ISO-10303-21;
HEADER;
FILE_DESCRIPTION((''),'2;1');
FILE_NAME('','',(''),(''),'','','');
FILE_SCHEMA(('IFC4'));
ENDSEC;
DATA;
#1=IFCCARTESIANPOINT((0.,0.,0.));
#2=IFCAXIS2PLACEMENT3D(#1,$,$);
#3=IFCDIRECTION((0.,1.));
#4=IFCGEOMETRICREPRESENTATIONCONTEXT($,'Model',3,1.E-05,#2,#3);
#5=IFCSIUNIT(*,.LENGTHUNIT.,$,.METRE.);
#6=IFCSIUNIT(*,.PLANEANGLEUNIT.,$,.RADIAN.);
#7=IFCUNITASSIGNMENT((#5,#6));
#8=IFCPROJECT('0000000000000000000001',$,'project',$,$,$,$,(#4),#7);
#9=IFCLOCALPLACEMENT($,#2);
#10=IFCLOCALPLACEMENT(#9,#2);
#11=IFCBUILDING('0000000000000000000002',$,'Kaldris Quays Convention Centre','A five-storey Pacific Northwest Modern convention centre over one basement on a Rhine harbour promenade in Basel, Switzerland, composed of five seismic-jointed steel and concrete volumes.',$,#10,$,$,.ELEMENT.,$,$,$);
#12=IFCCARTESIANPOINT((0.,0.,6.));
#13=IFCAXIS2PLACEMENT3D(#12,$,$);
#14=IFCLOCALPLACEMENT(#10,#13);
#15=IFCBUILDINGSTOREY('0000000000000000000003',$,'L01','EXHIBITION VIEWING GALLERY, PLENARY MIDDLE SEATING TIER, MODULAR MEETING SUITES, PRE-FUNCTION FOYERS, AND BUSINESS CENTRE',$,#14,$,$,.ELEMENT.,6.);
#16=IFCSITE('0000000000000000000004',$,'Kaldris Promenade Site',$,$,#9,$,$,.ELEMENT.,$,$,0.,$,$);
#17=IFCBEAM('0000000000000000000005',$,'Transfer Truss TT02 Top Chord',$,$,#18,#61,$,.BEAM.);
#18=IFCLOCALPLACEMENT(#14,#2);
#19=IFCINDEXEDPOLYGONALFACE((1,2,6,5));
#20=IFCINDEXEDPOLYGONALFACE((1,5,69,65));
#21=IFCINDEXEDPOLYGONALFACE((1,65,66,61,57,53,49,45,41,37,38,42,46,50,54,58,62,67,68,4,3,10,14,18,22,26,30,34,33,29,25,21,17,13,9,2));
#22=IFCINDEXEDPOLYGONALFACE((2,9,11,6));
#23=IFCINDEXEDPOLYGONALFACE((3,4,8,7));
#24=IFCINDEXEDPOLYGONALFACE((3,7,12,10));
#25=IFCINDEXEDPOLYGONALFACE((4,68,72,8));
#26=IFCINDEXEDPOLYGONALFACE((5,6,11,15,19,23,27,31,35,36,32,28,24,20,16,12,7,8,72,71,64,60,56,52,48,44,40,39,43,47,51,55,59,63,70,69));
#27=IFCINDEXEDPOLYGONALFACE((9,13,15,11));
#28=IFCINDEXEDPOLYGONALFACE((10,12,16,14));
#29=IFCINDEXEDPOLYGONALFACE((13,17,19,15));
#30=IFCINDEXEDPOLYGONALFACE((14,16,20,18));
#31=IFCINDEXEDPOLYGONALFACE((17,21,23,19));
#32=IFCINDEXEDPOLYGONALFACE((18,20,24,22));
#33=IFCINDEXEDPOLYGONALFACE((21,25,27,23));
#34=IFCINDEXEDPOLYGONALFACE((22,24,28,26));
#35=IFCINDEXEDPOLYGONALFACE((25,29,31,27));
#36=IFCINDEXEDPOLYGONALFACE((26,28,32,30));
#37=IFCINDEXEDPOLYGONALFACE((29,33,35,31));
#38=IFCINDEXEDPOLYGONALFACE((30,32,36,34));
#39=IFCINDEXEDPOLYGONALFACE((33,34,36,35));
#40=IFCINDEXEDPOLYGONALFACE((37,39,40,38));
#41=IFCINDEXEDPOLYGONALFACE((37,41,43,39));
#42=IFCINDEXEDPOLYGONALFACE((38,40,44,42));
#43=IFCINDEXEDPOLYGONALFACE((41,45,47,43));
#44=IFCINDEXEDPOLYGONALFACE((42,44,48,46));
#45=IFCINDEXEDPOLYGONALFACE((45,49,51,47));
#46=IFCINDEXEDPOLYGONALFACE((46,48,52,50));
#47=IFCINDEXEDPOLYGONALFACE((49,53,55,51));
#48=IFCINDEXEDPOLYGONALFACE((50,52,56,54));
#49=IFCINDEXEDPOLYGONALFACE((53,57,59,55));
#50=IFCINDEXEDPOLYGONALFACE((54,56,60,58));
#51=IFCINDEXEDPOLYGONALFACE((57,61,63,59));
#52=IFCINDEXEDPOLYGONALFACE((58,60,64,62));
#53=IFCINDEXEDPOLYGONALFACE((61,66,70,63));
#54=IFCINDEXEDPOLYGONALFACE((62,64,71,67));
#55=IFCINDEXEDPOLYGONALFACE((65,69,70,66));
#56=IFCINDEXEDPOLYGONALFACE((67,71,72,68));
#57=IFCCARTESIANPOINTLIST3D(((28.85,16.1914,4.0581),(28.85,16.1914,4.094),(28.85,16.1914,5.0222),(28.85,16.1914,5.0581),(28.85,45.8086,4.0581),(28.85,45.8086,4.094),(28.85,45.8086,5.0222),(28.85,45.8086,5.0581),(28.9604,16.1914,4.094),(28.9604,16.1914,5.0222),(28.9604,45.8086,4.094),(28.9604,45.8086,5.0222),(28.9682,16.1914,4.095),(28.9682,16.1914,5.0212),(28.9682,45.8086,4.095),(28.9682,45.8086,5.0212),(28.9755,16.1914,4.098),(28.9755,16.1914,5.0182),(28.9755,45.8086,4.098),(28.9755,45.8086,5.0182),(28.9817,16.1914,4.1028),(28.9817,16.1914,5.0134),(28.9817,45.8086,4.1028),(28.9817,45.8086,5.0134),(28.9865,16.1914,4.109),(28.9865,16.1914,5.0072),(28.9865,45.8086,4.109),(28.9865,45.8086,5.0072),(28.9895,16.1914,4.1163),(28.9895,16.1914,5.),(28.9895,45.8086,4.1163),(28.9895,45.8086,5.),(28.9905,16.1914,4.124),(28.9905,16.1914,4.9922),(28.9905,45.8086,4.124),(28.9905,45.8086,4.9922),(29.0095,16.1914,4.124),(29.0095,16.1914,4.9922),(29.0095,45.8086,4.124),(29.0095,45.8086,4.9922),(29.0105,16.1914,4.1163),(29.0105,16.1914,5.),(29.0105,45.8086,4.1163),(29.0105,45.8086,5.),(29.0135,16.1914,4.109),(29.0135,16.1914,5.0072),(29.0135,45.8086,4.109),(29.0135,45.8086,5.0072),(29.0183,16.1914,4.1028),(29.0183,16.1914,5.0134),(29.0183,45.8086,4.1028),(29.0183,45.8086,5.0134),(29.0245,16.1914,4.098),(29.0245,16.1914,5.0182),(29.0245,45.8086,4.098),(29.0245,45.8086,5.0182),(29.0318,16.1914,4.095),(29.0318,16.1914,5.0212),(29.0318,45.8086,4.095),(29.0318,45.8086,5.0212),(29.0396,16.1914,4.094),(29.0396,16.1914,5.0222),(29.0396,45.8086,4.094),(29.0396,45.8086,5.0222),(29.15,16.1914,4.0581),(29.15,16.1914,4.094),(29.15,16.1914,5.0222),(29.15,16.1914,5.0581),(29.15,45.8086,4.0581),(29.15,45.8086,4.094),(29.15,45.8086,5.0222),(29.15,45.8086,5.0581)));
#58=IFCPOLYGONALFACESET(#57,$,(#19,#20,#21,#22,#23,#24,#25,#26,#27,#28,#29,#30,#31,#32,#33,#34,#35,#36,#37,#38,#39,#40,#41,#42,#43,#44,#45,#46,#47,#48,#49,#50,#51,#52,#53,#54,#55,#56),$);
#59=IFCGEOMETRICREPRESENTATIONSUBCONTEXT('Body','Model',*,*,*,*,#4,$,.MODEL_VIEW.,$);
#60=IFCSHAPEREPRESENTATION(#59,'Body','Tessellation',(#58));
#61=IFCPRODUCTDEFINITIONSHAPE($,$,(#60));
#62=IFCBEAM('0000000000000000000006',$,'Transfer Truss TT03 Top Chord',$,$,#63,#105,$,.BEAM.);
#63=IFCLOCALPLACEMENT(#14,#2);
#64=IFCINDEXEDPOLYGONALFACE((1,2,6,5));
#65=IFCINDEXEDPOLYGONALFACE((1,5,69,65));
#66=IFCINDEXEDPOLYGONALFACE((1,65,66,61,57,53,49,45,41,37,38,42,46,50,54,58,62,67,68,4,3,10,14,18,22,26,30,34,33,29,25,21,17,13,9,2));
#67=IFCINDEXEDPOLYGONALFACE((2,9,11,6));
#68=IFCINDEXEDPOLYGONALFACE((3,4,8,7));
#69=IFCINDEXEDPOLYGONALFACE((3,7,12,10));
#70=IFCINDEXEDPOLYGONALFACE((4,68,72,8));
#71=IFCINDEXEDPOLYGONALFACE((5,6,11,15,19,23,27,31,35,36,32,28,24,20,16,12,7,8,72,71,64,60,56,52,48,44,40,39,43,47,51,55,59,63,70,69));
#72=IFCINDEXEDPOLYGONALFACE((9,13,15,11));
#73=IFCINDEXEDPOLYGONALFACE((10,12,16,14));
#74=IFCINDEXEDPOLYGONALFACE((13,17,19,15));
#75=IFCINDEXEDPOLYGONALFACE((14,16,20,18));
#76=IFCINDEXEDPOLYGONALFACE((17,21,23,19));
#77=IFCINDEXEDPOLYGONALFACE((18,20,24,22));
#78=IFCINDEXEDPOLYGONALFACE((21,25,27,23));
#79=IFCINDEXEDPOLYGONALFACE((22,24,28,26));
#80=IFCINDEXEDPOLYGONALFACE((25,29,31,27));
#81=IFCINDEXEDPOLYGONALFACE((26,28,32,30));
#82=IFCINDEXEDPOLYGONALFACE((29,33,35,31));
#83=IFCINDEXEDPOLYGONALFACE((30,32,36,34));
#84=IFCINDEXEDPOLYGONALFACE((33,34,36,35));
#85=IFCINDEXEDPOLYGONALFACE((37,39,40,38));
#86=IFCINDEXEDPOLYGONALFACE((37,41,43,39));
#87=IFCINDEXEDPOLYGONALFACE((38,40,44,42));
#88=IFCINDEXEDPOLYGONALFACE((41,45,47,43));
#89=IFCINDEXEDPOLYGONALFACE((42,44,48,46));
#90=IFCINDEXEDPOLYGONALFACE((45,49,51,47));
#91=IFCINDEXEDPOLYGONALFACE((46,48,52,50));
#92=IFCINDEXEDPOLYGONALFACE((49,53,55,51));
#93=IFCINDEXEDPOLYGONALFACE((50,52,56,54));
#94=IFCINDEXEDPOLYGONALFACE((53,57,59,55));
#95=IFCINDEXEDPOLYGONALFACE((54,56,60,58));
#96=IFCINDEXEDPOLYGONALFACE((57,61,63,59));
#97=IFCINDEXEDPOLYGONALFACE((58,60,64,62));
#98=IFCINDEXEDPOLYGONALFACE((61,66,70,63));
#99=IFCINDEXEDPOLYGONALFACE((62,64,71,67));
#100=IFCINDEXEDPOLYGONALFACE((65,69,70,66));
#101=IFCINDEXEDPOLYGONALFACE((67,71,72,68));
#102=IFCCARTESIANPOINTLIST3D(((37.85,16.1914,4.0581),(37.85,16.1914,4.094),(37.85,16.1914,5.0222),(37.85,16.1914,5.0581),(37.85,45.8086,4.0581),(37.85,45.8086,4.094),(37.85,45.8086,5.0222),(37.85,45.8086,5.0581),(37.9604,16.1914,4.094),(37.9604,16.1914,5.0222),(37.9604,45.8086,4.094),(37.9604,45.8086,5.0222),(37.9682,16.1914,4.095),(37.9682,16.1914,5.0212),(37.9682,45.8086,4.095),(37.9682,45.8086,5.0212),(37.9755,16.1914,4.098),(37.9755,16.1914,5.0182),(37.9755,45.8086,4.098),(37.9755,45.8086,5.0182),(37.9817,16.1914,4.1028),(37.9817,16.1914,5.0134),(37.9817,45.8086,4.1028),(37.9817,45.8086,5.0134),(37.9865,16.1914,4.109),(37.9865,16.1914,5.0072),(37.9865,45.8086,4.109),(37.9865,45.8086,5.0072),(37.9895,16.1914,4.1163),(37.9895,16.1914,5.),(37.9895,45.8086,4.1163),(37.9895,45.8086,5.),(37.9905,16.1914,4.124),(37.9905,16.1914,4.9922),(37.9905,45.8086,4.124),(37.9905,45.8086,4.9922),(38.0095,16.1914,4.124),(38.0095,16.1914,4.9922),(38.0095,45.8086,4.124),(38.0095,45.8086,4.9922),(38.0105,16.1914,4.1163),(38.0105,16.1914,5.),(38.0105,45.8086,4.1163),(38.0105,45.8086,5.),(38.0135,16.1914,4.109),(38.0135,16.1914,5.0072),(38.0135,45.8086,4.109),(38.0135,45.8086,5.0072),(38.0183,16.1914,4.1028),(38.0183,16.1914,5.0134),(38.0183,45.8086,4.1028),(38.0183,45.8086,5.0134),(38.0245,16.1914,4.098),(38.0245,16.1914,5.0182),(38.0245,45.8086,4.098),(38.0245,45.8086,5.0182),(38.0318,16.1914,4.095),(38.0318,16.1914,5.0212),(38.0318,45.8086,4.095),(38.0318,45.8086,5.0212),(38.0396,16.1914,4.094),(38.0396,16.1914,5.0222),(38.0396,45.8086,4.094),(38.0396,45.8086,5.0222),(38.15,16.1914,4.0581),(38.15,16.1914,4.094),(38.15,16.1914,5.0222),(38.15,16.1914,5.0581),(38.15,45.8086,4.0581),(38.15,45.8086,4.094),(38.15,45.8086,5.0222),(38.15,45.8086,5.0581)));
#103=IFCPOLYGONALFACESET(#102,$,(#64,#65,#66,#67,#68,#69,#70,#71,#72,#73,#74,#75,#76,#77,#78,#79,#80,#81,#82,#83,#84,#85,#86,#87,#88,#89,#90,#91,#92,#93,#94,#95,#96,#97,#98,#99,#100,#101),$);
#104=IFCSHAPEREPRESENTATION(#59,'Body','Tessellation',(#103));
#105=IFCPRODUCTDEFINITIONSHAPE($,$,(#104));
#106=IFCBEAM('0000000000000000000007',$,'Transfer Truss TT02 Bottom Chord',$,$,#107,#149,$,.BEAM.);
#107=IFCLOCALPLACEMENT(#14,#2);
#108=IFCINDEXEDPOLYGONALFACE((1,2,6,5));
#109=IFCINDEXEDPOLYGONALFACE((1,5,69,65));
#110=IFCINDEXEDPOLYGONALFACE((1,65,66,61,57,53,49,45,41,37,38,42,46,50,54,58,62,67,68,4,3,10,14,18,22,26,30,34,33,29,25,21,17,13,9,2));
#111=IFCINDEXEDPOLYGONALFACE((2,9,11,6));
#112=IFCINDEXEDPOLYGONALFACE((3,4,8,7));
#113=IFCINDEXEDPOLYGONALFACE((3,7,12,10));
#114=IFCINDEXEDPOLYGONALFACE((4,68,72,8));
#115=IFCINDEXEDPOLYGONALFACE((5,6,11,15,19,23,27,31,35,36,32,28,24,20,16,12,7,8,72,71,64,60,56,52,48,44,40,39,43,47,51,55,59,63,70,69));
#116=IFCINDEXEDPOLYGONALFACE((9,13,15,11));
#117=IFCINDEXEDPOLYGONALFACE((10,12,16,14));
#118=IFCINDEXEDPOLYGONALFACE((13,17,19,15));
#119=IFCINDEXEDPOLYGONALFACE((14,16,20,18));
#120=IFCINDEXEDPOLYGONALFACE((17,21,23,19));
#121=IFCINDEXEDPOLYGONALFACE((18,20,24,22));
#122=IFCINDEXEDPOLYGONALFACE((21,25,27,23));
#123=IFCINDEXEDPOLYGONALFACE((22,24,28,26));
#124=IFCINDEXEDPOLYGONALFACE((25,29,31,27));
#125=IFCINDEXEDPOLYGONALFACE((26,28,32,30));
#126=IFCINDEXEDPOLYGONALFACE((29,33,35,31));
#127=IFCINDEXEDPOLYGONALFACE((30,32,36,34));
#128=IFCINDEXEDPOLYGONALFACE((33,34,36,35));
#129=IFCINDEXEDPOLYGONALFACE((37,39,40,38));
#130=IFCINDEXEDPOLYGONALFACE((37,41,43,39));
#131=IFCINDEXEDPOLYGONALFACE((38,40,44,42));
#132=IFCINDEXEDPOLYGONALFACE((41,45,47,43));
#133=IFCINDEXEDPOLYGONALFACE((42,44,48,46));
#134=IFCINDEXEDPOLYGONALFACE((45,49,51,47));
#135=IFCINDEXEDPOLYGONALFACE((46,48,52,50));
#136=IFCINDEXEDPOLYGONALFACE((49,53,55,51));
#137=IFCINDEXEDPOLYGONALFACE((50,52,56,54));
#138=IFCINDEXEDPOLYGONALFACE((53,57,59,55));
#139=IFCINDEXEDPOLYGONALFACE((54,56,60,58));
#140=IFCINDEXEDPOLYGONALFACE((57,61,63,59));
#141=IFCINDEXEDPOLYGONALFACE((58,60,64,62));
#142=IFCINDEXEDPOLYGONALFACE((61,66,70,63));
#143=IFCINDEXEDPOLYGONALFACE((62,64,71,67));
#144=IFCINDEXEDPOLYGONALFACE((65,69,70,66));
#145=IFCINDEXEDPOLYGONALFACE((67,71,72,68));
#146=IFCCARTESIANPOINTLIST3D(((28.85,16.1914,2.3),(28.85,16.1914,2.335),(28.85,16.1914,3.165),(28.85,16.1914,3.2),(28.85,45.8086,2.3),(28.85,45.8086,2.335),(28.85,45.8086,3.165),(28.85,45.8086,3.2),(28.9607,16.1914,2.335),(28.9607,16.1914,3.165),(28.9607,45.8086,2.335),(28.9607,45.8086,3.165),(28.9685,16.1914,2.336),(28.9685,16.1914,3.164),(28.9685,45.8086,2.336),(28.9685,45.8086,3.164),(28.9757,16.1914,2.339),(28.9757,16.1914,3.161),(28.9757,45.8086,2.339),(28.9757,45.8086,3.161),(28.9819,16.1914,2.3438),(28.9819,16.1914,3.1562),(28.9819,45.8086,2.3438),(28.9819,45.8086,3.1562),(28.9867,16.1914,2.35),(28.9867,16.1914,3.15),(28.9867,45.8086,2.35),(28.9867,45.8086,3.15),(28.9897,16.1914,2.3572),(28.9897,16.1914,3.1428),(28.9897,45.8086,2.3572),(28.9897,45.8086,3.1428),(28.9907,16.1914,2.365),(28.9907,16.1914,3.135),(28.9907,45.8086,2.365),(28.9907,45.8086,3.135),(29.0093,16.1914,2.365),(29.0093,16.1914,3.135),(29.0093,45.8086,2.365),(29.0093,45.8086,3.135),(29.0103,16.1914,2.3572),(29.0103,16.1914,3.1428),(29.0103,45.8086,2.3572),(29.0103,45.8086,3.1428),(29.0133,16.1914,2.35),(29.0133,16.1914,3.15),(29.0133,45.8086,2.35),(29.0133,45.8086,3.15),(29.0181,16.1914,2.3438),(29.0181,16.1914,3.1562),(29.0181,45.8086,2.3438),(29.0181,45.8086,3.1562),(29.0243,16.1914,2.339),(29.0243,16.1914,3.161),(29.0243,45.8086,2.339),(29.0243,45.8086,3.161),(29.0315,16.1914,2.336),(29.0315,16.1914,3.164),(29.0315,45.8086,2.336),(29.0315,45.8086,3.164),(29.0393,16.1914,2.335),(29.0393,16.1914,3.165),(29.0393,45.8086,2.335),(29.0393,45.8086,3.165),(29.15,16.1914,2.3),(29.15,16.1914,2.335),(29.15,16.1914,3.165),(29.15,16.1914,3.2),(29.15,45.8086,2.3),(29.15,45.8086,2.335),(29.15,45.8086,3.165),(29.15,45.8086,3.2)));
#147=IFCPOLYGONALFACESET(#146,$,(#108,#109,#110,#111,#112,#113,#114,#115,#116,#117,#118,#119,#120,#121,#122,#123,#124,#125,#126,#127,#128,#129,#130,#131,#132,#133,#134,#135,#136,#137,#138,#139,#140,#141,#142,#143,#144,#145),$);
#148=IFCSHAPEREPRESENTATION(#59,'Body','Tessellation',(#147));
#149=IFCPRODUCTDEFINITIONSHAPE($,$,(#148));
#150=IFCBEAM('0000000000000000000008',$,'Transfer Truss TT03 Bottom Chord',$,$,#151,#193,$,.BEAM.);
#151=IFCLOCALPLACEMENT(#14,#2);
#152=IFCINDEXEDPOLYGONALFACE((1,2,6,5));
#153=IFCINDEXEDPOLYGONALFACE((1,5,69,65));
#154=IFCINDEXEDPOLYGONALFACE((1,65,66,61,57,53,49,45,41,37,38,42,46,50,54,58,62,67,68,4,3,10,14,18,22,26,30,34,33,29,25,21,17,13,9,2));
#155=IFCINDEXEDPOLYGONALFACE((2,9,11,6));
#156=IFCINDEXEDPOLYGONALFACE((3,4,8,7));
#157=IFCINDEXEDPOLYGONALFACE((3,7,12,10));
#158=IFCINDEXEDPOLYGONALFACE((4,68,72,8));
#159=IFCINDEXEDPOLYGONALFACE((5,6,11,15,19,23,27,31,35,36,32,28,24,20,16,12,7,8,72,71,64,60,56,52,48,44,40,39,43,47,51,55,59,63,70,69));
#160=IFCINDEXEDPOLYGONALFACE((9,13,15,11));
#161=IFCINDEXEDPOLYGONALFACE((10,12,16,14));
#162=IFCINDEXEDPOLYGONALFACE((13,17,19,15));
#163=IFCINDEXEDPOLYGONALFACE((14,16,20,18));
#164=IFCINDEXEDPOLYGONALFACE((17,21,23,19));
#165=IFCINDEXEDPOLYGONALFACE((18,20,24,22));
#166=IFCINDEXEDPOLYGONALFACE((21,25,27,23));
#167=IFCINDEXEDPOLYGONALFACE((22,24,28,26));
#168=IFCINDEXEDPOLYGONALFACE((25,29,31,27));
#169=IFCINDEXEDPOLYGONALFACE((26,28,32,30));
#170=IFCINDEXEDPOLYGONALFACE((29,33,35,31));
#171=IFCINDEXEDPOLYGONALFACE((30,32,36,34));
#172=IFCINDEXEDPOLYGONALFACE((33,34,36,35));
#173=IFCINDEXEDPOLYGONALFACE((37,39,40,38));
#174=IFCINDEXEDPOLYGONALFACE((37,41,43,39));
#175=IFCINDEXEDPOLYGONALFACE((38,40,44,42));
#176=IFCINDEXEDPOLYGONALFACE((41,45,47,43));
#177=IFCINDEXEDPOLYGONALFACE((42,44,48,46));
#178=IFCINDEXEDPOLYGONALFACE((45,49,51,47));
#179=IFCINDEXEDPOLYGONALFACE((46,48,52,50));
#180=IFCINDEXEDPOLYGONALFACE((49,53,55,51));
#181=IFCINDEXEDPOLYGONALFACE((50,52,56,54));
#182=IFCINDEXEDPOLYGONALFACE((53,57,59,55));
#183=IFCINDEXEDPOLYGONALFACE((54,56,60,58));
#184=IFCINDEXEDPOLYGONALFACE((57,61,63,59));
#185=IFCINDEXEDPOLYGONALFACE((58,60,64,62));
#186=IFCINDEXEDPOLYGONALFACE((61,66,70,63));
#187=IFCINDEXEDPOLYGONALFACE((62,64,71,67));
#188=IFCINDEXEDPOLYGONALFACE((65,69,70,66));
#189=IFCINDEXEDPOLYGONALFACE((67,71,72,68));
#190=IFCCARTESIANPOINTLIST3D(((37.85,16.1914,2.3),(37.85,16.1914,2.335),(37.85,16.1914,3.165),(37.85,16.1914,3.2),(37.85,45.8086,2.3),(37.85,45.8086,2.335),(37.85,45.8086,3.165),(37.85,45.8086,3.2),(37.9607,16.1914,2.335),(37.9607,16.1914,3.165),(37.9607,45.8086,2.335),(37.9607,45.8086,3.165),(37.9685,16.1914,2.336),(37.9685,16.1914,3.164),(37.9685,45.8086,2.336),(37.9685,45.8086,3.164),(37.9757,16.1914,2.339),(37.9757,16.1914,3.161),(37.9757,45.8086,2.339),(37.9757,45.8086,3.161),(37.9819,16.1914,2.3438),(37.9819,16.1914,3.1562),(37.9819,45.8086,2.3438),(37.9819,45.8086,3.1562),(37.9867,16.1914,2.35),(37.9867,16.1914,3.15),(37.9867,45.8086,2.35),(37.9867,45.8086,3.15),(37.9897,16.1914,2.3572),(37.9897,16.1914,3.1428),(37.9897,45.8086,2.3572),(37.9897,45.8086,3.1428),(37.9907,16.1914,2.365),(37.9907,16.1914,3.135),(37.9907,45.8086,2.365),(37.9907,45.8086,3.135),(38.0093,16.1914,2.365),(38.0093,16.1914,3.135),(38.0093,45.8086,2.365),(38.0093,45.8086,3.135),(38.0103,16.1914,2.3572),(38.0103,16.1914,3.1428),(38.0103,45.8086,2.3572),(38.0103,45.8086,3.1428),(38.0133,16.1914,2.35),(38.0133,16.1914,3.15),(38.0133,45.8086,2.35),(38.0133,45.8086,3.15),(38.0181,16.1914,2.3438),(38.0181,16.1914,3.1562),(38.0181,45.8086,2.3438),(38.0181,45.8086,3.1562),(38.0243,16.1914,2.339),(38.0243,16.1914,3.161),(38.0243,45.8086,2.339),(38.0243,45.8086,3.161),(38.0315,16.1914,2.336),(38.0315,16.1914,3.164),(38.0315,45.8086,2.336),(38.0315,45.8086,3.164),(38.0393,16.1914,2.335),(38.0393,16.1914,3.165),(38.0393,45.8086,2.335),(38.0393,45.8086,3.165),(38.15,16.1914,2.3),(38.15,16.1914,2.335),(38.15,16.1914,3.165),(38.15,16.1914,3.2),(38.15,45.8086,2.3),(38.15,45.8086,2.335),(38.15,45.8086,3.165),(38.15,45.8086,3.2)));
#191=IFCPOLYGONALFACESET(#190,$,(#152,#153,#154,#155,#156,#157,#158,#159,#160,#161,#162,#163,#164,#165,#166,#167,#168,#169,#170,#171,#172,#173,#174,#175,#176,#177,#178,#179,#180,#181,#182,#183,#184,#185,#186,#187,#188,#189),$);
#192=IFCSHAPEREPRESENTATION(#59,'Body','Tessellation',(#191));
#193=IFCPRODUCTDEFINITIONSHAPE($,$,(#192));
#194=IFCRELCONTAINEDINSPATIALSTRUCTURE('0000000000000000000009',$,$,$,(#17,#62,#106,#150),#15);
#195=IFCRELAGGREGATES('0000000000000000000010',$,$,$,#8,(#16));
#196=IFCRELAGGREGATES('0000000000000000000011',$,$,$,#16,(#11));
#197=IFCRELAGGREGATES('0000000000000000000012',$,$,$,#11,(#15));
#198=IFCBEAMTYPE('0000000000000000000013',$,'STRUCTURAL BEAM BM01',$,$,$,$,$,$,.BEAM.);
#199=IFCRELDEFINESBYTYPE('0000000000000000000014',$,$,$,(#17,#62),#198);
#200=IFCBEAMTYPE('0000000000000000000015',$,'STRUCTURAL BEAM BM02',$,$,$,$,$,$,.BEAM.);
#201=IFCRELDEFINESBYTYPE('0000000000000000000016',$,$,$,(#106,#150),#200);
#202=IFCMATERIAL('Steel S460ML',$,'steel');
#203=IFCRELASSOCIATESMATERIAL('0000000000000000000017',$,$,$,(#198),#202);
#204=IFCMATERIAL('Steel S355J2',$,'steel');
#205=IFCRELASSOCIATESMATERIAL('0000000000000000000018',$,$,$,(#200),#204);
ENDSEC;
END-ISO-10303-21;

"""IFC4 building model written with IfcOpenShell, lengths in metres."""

from ifc_helpers import new_model, si_unit, direction, frame, origin, origin_2d, place, context, subcontext, project, spatial, i_section, extrude, material, material_profile, profile_set, type_object, element, save


model = new_model("IFC4")

# Units and contexts
model_context = context("Model", 3, precision=1e-05, world=origin(), true_north=direction((0.0, 1.0)))
body_context = subcontext(model_context, "Body", "Model", "MODEL_VIEW")
ifc_project = project(units=[si_unit("LENGTHUNIT", "METRE"), si_unit("PLANEANGLEUNIT", "RADIAN")], contexts=[model_context])

# Site, building, storey
site_placement = place(None, origin())
site = spatial("IfcSite", under=ifc_project, at=site_placement, Name="Kaldris Promenade Site", CompositionType="ELEMENT", RefElevation=0.0)
building_placement = place(site_placement, origin())
building = spatial("IfcBuilding", under=site, at=building_placement, Name="Kaldris Quays Convention Centre", Description="A five-storey Pacific Northwest Modern convention centre over one basement on a Rhine harbour promenade in Basel, Switzerland, composed of five seismic-jointed steel and concrete volumes.", CompositionType="ELEMENT")
storey_placement = place(building_placement, frame((0.0, 0.0, 6.0)))
storey = spatial("IfcBuildingStorey", under=building, at=storey_placement, Name="L01", Description="EXHIBITION VIEWING GALLERY, PLENARY MIDDLE SEATING TIER, MODULAR MEETING SUITES, PRE-FUNCTION FOYERS, AND BUSINESS CENTRE", CompositionType="ELEMENT", Elevation=6.0)

# Beams
ifc_material_1 = material(Name="Steel S460ML", Category="steel")
ifc_material_profile_1 = material_profile(ifc_material_1, i_section(OverallWidth=0.3, OverallDepth=1.0, WebThickness=0.019, FlangeThickness=0.0359, FilletRadius=0.03, at=origin_2d()), Name="HEB 1000")
ifc_profile_set_1 = profile_set([ifc_material_profile_1], Name="Steel S460ML")
beam_type_1 = type_object("IfcBeamType", Name="STRUCTURAL BEAM BM01", PredefinedType="BEAM", material=ifc_profile_set_1)
for number, where, z_axis, x_axis, name in (
    (1, (29.0, 16.1914, 4.5581), (0.0, 1.0, 0.0), (-1.0, 0.0, 0.0), "Transfer Truss TT02 Top Chord"),
    (2, (38.0, 16.1914, 4.5581), (0.0, 1.0, 0.0), (-1.0, 0.0, 0.0), "Transfer Truss TT03 Top Chord"),
):
    element("IfcBeam", number, at=place(storey_placement, frame(where, z_axis=z_axis, x_axis=x_axis)), inside=storey, type_object=beam_type_1, Name=name, PredefinedType="BEAM", context=body_context, shape_type="SweptSolid", body=[
        extrude(i_section(OverallWidth=0.3, OverallDepth=1.0, WebThickness=0.019, FlangeThickness=0.0359, FilletRadius=0.03, at=origin_2d()), origin(), (0.0, 0.0, 1.0), 29.6172),
    ])
ifc_material_2 = material(Name="Steel S355J2", Category="steel")
ifc_material_profile_2 = material_profile(ifc_material_2, i_section(OverallWidth=0.3, OverallDepth=0.8999, WebThickness=0.0186, FlangeThickness=0.0349, FilletRadius=0.03, at=origin_2d()), Name="HEB 900")
ifc_profile_set_2 = profile_set([ifc_material_profile_2], Name="Steel S355J2")
beam_type_2 = type_object("IfcBeamType", Name="STRUCTURAL BEAM BM02", PredefinedType="BEAM", material=ifc_profile_set_2)
for number, where, z_axis, x_axis, name in (
    (3, (29.0, 16.1914, 2.75), (0.0, 1.0, 0.0), (-1.0, 0.0, 0.0), "Transfer Truss TT02 Bottom Chord"),
    (4, (38.0, 16.1914, 2.75), (0.0, 1.0, 0.0), (-1.0, 0.0, 0.0), "Transfer Truss TT03 Bottom Chord"),
):
    element("IfcBeam", number, at=place(storey_placement, frame(where, z_axis=z_axis, x_axis=x_axis)), inside=storey, type_object=beam_type_2, Name=name, PredefinedType="BEAM", context=body_context, shape_type="SweptSolid", body=[
        extrude(i_section(OverallWidth=0.3, OverallDepth=0.8999, WebThickness=0.0186, FlangeThickness=0.0349, FilletRadius=0.03, at=origin_2d()), origin(), (0.0, 0.0, 1.0), 29.6172),
    ])

save(model, "model.ifc")
